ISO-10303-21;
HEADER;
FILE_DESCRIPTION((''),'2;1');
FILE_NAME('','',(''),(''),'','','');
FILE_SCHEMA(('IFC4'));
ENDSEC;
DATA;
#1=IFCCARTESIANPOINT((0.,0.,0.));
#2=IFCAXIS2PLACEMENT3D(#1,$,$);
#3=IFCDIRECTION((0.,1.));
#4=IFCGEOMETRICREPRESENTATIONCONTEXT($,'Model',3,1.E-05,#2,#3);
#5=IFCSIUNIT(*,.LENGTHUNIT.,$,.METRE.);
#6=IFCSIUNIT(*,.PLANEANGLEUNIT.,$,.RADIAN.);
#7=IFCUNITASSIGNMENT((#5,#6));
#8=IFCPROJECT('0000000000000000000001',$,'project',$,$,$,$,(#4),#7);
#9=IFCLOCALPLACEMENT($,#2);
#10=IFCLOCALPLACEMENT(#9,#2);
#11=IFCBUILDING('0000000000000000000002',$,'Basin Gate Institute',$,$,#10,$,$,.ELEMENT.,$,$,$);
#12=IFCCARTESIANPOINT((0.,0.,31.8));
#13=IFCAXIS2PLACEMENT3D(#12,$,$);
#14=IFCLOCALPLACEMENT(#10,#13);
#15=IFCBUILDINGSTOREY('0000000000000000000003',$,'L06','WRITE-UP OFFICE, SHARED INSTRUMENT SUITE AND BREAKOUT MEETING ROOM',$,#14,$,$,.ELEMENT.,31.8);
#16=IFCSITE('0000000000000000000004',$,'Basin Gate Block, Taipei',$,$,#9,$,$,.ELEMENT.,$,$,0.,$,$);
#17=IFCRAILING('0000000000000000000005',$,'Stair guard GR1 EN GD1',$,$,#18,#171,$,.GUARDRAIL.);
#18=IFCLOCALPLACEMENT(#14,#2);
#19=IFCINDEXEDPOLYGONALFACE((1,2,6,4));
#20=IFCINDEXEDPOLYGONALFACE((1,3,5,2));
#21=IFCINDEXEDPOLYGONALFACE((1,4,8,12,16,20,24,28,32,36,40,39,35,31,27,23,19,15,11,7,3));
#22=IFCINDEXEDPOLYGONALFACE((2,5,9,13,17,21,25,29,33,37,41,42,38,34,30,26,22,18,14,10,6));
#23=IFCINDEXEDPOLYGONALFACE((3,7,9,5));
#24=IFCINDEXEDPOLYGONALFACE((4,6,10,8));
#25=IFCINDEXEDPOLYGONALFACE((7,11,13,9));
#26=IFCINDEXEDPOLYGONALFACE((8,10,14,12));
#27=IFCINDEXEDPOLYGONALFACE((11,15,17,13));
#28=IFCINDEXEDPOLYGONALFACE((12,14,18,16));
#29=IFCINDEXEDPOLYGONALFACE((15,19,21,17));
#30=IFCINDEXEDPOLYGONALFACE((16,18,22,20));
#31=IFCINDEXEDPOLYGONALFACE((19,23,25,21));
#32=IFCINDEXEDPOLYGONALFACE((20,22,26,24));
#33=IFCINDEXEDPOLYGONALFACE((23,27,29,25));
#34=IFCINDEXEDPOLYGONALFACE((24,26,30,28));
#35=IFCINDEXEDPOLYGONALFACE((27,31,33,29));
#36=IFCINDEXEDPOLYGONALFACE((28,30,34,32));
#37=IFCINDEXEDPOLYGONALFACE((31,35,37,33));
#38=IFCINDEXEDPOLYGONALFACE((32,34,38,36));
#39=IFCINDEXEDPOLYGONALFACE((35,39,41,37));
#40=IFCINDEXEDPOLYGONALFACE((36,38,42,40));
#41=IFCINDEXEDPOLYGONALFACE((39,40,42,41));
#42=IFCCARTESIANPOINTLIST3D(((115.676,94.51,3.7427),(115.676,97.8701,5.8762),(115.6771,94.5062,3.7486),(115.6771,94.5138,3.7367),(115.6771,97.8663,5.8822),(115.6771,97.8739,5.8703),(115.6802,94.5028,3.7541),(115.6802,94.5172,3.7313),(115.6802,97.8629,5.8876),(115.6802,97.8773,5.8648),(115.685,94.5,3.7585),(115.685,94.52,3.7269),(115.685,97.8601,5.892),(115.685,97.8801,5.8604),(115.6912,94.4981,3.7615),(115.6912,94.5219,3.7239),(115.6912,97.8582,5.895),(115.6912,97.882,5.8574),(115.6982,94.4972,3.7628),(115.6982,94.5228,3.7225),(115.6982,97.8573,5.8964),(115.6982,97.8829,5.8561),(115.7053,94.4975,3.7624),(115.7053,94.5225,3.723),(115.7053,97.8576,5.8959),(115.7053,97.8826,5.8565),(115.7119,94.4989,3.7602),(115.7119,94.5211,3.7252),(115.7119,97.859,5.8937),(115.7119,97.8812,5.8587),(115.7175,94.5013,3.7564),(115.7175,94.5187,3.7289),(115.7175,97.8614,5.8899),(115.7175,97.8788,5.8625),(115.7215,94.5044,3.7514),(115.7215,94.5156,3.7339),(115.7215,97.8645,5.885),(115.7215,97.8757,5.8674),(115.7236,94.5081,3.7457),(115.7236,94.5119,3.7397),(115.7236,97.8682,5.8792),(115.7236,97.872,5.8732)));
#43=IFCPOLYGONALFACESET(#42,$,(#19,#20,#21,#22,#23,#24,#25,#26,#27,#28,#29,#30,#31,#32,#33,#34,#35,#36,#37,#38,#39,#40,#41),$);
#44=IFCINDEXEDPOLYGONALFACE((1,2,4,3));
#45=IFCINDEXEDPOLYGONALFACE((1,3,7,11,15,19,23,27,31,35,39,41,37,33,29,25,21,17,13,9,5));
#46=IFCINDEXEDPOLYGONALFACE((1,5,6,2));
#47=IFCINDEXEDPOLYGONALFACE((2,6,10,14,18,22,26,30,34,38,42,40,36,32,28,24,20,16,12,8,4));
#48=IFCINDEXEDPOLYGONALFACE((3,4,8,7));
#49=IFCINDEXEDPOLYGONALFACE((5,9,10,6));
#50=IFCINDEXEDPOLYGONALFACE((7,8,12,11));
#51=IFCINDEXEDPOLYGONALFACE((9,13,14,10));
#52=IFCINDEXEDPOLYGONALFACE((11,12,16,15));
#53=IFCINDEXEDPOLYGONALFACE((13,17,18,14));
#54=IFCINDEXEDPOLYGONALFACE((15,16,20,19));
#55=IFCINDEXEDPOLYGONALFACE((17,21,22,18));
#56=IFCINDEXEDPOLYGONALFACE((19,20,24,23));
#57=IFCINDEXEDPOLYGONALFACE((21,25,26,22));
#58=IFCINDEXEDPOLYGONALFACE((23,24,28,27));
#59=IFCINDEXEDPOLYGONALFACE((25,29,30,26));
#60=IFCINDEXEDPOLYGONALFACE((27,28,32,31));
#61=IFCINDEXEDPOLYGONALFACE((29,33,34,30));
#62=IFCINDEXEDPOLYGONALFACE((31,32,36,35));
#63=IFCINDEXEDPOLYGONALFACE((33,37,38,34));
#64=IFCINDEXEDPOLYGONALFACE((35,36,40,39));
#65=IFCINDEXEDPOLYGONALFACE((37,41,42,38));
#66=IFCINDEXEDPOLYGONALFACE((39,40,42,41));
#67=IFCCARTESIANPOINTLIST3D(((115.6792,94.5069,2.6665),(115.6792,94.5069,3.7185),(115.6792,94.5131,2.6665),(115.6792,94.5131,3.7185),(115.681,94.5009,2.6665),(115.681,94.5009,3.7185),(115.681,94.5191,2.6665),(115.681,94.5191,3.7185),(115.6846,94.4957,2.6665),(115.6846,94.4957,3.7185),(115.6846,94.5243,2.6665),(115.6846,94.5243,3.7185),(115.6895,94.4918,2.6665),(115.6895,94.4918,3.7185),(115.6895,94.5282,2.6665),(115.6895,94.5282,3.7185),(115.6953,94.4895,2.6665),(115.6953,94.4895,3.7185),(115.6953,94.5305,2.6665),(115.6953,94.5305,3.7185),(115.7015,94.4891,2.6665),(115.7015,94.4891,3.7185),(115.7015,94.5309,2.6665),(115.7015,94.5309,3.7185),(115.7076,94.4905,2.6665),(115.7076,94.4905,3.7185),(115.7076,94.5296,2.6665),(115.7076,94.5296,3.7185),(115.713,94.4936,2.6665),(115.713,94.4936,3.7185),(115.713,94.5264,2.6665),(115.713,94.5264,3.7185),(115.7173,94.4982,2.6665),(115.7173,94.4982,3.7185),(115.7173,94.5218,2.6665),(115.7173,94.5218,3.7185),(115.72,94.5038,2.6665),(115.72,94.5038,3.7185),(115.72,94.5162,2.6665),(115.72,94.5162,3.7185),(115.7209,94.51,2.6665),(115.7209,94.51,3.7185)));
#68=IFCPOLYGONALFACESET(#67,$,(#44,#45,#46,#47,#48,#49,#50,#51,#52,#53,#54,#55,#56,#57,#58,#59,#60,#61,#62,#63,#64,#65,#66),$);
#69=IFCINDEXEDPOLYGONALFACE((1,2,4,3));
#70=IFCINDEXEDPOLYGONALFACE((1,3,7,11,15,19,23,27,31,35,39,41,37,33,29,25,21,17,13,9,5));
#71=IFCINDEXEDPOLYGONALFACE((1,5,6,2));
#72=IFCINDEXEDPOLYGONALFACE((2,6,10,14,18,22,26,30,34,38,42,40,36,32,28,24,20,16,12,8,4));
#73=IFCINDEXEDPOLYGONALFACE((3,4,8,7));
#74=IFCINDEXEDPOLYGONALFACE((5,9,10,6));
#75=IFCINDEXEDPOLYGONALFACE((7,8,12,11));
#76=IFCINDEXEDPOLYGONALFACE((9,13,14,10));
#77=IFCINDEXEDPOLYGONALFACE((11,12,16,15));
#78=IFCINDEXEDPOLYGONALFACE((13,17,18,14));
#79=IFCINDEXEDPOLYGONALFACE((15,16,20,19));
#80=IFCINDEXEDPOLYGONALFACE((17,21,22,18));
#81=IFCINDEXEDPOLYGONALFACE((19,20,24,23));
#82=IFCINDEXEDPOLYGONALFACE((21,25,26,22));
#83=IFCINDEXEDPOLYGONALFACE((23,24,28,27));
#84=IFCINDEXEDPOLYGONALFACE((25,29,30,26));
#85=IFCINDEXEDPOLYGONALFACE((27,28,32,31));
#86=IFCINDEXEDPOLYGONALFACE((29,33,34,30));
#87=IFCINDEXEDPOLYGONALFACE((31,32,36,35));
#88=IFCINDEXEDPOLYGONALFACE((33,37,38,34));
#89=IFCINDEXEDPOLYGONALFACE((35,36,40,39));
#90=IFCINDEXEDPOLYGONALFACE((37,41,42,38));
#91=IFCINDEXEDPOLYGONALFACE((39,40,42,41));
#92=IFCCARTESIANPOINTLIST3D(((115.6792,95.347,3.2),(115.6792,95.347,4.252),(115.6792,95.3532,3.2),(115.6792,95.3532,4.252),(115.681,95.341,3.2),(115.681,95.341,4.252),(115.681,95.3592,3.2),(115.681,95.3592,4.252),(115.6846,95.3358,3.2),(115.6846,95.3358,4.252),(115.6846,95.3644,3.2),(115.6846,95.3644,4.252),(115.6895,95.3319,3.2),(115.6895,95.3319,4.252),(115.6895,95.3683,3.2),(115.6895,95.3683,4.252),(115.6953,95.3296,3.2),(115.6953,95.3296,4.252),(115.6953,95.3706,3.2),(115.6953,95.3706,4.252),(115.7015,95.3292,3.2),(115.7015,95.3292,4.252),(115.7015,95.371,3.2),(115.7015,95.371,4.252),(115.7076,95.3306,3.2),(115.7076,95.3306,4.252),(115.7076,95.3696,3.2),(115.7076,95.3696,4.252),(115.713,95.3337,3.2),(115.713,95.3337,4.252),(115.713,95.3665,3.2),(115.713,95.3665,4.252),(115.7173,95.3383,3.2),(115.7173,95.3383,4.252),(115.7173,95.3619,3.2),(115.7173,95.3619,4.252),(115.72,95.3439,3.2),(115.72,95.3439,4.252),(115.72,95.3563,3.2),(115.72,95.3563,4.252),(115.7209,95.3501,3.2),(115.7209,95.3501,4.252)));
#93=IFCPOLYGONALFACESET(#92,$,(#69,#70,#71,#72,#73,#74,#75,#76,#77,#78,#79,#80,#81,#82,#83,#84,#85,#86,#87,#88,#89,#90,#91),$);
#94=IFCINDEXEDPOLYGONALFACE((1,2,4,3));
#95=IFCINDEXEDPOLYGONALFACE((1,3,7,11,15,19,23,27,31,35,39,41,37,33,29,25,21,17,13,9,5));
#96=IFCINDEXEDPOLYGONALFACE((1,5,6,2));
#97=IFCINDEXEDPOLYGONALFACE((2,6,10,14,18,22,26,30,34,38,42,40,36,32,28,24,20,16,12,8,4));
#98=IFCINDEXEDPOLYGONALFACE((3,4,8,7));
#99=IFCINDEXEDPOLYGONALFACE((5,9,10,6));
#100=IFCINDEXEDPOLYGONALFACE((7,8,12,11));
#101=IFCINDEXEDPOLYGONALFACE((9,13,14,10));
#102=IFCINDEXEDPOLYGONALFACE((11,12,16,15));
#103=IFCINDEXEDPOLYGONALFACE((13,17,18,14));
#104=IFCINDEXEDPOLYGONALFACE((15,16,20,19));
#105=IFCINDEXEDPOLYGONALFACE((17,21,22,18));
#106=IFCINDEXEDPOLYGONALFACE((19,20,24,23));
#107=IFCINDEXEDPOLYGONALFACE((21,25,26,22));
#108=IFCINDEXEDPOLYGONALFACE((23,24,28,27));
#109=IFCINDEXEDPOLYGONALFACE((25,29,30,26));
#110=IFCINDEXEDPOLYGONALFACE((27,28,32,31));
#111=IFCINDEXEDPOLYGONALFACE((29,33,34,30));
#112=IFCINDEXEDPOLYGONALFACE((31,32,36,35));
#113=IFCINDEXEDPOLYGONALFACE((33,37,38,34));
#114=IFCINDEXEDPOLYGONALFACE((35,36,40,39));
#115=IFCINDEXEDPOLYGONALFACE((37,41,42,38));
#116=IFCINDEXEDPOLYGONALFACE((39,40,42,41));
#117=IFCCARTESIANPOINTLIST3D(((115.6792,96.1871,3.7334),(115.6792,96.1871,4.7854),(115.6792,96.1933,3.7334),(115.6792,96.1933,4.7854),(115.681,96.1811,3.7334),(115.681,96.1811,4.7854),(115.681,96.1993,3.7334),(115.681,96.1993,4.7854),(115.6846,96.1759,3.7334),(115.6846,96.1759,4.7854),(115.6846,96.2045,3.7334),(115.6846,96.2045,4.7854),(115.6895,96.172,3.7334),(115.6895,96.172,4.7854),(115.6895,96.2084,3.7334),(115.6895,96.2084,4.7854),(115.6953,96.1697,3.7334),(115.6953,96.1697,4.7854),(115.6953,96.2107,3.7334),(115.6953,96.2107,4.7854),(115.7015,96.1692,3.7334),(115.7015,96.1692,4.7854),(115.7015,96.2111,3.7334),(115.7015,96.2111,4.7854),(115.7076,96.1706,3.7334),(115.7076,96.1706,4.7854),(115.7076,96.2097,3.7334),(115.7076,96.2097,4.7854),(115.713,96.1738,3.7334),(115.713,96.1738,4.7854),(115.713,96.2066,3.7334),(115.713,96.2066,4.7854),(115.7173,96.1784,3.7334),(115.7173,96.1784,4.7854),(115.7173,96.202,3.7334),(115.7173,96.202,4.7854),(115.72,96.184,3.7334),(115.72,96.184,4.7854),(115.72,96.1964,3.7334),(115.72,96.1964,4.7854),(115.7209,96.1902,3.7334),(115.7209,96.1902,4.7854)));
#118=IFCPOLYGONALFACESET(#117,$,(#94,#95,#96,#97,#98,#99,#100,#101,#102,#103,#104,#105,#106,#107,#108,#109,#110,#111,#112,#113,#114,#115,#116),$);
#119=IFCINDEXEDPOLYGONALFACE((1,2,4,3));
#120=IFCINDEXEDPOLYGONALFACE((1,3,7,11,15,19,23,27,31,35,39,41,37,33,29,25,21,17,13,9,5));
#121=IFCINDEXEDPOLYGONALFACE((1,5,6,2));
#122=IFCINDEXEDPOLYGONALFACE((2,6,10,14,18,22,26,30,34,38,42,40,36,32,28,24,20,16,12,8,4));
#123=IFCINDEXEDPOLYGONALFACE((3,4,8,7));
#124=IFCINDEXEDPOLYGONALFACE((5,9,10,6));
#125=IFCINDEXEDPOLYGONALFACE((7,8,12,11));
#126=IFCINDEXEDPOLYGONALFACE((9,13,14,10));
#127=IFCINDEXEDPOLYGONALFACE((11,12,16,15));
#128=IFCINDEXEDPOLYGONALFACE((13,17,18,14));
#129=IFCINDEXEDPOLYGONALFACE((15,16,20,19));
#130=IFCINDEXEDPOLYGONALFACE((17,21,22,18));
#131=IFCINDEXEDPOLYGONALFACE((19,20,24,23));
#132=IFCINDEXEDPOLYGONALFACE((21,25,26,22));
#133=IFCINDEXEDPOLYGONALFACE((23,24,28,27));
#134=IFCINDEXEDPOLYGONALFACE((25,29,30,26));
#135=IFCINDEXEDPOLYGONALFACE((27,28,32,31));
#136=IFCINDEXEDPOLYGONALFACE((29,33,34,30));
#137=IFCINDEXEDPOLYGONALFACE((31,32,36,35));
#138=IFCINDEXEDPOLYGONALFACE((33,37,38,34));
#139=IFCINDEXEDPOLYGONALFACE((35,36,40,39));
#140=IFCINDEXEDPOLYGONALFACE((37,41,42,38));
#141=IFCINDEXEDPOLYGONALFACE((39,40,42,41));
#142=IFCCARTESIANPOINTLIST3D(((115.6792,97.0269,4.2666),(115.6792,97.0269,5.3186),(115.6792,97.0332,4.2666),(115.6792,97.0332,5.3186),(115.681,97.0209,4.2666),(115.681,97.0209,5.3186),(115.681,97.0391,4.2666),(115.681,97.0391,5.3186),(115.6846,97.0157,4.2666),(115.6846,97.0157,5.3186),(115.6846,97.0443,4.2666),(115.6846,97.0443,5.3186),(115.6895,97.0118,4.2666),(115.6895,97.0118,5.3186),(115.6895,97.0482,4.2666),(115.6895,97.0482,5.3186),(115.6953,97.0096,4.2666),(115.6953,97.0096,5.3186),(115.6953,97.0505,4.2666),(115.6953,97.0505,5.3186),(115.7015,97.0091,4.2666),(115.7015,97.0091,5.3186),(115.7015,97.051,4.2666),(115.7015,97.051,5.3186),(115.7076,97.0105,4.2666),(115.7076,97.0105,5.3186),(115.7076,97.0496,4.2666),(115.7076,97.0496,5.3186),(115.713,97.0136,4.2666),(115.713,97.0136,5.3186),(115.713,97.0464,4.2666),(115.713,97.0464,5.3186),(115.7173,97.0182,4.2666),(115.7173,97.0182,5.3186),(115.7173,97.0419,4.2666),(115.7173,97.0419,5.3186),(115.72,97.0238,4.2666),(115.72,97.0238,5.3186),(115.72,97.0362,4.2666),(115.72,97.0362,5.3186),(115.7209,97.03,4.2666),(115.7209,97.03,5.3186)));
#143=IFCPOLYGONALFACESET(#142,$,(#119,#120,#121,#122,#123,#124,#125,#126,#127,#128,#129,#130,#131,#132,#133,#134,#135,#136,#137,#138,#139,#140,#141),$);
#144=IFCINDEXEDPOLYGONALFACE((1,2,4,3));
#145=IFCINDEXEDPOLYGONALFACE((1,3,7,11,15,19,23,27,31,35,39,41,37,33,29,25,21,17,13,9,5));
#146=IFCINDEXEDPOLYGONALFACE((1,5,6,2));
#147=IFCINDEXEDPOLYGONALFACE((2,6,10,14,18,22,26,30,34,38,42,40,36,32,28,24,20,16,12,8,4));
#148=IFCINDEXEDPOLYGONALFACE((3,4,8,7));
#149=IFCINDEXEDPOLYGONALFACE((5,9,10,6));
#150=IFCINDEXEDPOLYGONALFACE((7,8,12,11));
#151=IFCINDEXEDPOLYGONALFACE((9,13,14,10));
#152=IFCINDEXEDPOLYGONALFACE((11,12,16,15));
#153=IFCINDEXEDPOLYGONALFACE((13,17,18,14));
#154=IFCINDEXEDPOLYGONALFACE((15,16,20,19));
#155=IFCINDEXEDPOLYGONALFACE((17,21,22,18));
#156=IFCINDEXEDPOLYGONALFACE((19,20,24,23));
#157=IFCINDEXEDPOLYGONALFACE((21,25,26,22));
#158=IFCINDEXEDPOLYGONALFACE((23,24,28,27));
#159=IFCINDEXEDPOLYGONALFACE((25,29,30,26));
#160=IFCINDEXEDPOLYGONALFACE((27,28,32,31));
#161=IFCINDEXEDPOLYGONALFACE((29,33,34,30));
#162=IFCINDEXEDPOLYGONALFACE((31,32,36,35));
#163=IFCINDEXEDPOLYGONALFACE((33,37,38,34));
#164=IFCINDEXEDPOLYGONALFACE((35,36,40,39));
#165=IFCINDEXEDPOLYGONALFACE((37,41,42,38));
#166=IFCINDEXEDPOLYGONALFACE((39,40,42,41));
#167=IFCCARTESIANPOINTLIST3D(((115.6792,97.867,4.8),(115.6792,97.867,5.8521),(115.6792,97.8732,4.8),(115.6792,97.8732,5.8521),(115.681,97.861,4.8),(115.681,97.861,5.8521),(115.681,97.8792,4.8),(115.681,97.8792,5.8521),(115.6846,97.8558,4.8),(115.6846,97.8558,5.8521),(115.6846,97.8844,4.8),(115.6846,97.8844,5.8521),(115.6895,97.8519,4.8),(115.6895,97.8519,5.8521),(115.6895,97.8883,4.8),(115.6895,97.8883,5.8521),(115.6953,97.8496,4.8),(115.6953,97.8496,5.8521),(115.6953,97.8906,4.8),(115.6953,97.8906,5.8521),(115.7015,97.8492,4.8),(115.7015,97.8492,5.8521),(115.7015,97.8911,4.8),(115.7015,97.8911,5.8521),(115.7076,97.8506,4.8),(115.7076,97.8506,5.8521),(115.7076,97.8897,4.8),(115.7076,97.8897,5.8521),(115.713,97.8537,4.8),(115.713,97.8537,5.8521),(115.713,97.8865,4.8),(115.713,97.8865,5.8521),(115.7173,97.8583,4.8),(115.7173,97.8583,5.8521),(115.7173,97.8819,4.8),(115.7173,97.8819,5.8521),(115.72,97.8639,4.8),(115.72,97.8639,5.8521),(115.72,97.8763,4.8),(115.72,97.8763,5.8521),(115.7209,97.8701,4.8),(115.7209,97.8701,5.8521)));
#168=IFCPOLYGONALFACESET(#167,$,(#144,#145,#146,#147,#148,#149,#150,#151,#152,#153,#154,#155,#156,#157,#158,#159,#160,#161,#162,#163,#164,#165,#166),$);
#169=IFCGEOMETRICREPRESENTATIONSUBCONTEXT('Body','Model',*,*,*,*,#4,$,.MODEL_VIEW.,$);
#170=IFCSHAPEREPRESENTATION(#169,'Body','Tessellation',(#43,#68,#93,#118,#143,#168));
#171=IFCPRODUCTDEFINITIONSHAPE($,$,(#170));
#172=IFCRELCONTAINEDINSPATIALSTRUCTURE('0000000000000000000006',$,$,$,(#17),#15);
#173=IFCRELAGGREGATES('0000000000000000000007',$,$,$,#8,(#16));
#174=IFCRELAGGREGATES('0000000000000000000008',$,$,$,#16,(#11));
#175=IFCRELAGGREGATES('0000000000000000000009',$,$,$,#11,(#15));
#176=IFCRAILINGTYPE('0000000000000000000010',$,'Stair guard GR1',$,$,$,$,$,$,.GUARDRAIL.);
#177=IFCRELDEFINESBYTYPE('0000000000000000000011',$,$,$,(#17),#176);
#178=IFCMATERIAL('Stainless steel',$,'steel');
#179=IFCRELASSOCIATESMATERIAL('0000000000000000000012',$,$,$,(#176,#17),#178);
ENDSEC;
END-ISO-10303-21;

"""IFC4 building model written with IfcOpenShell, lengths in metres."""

from ifc_helpers import new_model, si_unit, direction, frame, origin, origin_2d, place, context, subcontext, project, spatial, circle, extrude, material, type_object, element, save


model = new_model("IFC4")

# Units and contexts
model_context = context("Model", 3, precision=1e-05, world=origin(), true_north=direction((0.0, 1.0)))
body_context = subcontext(model_context, "Body", "Model", "MODEL_VIEW")
ifc_project = project(units=[si_unit("LENGTHUNIT", "METRE"), si_unit("PLANEANGLEUNIT", "RADIAN")], contexts=[model_context])

# Site, building, storey
site_placement = place(None, origin())
site = spatial("IfcSite", under=ifc_project, at=site_placement, Name="Basin Gate Block, Taipei", CompositionType="ELEMENT", RefElevation=0.0)
building_placement = place(site_placement, origin())
building = spatial("IfcBuilding", under=site, at=building_placement, Name="Basin Gate Institute", CompositionType="ELEMENT")
storey_placement = place(building_placement, frame((0.0, 0.0, 31.8)))
storey = spatial("IfcBuildingStorey", under=building, at=storey_placement, Name="L06", Description="WRITE-UP OFFICE, SHARED INSTRUMENT SUITE AND BREAKOUT MEETING ROOM", CompositionType="ELEMENT", Elevation=31.8)

# Railing
ifc_material_1 = material(Name="Stainless steel", Category="steel")
railing_type_1 = type_object("IfcRailingType", Name="Stair guard GR1", PredefinedType="GUARDRAIL", material=ifc_material_1)
railing_1_placement = place(storey_placement, frame((115.7, 94.51, 2.6665)))
element("IfcRailing", 1, at=railing_1_placement, inside=storey, type_object=railing_type_1, material=ifc_material_1, Name="Stair guard GR1 EN GD1", PredefinedType="GUARDRAIL", context=body_context, shape_type="SweptSolid", body=[
    extrude(circle(Radius=0.0239, at=origin_2d()), frame((0.0, 0.0, 1.0762), z_axis=(0.0, 0.844197, 0.536034), x_axis=(-1.0, 0.0, 0.0)), (0.0, 0.0, 1.0), 3.9802),
    extrude(circle(Radius=0.021, at=origin_2d()), origin(), (0.0, 0.0, 1.0), 1.052),
    extrude(circle(Radius=0.021, at=origin_2d()), frame((0.0, 0.8401, 0.5334)), (0.0, 0.0, 1.0), 1.052),
    extrude(circle(Radius=0.021, at=origin_2d()), frame((0.0, 1.6802, 1.0669)), (0.0, 0.0, 1.0), 1.052),
    extrude(circle(Radius=0.021, at=origin_2d()), frame((0.0, 2.52, 1.6001)), (0.0, 0.0, 1.0), 1.052),
    extrude(circle(Radius=0.021, at=origin_2d()), frame((0.0, 3.3601, 2.1335)), (0.0, 0.0, 1.0), 1.052),
])

save(model, "model.ifc")
